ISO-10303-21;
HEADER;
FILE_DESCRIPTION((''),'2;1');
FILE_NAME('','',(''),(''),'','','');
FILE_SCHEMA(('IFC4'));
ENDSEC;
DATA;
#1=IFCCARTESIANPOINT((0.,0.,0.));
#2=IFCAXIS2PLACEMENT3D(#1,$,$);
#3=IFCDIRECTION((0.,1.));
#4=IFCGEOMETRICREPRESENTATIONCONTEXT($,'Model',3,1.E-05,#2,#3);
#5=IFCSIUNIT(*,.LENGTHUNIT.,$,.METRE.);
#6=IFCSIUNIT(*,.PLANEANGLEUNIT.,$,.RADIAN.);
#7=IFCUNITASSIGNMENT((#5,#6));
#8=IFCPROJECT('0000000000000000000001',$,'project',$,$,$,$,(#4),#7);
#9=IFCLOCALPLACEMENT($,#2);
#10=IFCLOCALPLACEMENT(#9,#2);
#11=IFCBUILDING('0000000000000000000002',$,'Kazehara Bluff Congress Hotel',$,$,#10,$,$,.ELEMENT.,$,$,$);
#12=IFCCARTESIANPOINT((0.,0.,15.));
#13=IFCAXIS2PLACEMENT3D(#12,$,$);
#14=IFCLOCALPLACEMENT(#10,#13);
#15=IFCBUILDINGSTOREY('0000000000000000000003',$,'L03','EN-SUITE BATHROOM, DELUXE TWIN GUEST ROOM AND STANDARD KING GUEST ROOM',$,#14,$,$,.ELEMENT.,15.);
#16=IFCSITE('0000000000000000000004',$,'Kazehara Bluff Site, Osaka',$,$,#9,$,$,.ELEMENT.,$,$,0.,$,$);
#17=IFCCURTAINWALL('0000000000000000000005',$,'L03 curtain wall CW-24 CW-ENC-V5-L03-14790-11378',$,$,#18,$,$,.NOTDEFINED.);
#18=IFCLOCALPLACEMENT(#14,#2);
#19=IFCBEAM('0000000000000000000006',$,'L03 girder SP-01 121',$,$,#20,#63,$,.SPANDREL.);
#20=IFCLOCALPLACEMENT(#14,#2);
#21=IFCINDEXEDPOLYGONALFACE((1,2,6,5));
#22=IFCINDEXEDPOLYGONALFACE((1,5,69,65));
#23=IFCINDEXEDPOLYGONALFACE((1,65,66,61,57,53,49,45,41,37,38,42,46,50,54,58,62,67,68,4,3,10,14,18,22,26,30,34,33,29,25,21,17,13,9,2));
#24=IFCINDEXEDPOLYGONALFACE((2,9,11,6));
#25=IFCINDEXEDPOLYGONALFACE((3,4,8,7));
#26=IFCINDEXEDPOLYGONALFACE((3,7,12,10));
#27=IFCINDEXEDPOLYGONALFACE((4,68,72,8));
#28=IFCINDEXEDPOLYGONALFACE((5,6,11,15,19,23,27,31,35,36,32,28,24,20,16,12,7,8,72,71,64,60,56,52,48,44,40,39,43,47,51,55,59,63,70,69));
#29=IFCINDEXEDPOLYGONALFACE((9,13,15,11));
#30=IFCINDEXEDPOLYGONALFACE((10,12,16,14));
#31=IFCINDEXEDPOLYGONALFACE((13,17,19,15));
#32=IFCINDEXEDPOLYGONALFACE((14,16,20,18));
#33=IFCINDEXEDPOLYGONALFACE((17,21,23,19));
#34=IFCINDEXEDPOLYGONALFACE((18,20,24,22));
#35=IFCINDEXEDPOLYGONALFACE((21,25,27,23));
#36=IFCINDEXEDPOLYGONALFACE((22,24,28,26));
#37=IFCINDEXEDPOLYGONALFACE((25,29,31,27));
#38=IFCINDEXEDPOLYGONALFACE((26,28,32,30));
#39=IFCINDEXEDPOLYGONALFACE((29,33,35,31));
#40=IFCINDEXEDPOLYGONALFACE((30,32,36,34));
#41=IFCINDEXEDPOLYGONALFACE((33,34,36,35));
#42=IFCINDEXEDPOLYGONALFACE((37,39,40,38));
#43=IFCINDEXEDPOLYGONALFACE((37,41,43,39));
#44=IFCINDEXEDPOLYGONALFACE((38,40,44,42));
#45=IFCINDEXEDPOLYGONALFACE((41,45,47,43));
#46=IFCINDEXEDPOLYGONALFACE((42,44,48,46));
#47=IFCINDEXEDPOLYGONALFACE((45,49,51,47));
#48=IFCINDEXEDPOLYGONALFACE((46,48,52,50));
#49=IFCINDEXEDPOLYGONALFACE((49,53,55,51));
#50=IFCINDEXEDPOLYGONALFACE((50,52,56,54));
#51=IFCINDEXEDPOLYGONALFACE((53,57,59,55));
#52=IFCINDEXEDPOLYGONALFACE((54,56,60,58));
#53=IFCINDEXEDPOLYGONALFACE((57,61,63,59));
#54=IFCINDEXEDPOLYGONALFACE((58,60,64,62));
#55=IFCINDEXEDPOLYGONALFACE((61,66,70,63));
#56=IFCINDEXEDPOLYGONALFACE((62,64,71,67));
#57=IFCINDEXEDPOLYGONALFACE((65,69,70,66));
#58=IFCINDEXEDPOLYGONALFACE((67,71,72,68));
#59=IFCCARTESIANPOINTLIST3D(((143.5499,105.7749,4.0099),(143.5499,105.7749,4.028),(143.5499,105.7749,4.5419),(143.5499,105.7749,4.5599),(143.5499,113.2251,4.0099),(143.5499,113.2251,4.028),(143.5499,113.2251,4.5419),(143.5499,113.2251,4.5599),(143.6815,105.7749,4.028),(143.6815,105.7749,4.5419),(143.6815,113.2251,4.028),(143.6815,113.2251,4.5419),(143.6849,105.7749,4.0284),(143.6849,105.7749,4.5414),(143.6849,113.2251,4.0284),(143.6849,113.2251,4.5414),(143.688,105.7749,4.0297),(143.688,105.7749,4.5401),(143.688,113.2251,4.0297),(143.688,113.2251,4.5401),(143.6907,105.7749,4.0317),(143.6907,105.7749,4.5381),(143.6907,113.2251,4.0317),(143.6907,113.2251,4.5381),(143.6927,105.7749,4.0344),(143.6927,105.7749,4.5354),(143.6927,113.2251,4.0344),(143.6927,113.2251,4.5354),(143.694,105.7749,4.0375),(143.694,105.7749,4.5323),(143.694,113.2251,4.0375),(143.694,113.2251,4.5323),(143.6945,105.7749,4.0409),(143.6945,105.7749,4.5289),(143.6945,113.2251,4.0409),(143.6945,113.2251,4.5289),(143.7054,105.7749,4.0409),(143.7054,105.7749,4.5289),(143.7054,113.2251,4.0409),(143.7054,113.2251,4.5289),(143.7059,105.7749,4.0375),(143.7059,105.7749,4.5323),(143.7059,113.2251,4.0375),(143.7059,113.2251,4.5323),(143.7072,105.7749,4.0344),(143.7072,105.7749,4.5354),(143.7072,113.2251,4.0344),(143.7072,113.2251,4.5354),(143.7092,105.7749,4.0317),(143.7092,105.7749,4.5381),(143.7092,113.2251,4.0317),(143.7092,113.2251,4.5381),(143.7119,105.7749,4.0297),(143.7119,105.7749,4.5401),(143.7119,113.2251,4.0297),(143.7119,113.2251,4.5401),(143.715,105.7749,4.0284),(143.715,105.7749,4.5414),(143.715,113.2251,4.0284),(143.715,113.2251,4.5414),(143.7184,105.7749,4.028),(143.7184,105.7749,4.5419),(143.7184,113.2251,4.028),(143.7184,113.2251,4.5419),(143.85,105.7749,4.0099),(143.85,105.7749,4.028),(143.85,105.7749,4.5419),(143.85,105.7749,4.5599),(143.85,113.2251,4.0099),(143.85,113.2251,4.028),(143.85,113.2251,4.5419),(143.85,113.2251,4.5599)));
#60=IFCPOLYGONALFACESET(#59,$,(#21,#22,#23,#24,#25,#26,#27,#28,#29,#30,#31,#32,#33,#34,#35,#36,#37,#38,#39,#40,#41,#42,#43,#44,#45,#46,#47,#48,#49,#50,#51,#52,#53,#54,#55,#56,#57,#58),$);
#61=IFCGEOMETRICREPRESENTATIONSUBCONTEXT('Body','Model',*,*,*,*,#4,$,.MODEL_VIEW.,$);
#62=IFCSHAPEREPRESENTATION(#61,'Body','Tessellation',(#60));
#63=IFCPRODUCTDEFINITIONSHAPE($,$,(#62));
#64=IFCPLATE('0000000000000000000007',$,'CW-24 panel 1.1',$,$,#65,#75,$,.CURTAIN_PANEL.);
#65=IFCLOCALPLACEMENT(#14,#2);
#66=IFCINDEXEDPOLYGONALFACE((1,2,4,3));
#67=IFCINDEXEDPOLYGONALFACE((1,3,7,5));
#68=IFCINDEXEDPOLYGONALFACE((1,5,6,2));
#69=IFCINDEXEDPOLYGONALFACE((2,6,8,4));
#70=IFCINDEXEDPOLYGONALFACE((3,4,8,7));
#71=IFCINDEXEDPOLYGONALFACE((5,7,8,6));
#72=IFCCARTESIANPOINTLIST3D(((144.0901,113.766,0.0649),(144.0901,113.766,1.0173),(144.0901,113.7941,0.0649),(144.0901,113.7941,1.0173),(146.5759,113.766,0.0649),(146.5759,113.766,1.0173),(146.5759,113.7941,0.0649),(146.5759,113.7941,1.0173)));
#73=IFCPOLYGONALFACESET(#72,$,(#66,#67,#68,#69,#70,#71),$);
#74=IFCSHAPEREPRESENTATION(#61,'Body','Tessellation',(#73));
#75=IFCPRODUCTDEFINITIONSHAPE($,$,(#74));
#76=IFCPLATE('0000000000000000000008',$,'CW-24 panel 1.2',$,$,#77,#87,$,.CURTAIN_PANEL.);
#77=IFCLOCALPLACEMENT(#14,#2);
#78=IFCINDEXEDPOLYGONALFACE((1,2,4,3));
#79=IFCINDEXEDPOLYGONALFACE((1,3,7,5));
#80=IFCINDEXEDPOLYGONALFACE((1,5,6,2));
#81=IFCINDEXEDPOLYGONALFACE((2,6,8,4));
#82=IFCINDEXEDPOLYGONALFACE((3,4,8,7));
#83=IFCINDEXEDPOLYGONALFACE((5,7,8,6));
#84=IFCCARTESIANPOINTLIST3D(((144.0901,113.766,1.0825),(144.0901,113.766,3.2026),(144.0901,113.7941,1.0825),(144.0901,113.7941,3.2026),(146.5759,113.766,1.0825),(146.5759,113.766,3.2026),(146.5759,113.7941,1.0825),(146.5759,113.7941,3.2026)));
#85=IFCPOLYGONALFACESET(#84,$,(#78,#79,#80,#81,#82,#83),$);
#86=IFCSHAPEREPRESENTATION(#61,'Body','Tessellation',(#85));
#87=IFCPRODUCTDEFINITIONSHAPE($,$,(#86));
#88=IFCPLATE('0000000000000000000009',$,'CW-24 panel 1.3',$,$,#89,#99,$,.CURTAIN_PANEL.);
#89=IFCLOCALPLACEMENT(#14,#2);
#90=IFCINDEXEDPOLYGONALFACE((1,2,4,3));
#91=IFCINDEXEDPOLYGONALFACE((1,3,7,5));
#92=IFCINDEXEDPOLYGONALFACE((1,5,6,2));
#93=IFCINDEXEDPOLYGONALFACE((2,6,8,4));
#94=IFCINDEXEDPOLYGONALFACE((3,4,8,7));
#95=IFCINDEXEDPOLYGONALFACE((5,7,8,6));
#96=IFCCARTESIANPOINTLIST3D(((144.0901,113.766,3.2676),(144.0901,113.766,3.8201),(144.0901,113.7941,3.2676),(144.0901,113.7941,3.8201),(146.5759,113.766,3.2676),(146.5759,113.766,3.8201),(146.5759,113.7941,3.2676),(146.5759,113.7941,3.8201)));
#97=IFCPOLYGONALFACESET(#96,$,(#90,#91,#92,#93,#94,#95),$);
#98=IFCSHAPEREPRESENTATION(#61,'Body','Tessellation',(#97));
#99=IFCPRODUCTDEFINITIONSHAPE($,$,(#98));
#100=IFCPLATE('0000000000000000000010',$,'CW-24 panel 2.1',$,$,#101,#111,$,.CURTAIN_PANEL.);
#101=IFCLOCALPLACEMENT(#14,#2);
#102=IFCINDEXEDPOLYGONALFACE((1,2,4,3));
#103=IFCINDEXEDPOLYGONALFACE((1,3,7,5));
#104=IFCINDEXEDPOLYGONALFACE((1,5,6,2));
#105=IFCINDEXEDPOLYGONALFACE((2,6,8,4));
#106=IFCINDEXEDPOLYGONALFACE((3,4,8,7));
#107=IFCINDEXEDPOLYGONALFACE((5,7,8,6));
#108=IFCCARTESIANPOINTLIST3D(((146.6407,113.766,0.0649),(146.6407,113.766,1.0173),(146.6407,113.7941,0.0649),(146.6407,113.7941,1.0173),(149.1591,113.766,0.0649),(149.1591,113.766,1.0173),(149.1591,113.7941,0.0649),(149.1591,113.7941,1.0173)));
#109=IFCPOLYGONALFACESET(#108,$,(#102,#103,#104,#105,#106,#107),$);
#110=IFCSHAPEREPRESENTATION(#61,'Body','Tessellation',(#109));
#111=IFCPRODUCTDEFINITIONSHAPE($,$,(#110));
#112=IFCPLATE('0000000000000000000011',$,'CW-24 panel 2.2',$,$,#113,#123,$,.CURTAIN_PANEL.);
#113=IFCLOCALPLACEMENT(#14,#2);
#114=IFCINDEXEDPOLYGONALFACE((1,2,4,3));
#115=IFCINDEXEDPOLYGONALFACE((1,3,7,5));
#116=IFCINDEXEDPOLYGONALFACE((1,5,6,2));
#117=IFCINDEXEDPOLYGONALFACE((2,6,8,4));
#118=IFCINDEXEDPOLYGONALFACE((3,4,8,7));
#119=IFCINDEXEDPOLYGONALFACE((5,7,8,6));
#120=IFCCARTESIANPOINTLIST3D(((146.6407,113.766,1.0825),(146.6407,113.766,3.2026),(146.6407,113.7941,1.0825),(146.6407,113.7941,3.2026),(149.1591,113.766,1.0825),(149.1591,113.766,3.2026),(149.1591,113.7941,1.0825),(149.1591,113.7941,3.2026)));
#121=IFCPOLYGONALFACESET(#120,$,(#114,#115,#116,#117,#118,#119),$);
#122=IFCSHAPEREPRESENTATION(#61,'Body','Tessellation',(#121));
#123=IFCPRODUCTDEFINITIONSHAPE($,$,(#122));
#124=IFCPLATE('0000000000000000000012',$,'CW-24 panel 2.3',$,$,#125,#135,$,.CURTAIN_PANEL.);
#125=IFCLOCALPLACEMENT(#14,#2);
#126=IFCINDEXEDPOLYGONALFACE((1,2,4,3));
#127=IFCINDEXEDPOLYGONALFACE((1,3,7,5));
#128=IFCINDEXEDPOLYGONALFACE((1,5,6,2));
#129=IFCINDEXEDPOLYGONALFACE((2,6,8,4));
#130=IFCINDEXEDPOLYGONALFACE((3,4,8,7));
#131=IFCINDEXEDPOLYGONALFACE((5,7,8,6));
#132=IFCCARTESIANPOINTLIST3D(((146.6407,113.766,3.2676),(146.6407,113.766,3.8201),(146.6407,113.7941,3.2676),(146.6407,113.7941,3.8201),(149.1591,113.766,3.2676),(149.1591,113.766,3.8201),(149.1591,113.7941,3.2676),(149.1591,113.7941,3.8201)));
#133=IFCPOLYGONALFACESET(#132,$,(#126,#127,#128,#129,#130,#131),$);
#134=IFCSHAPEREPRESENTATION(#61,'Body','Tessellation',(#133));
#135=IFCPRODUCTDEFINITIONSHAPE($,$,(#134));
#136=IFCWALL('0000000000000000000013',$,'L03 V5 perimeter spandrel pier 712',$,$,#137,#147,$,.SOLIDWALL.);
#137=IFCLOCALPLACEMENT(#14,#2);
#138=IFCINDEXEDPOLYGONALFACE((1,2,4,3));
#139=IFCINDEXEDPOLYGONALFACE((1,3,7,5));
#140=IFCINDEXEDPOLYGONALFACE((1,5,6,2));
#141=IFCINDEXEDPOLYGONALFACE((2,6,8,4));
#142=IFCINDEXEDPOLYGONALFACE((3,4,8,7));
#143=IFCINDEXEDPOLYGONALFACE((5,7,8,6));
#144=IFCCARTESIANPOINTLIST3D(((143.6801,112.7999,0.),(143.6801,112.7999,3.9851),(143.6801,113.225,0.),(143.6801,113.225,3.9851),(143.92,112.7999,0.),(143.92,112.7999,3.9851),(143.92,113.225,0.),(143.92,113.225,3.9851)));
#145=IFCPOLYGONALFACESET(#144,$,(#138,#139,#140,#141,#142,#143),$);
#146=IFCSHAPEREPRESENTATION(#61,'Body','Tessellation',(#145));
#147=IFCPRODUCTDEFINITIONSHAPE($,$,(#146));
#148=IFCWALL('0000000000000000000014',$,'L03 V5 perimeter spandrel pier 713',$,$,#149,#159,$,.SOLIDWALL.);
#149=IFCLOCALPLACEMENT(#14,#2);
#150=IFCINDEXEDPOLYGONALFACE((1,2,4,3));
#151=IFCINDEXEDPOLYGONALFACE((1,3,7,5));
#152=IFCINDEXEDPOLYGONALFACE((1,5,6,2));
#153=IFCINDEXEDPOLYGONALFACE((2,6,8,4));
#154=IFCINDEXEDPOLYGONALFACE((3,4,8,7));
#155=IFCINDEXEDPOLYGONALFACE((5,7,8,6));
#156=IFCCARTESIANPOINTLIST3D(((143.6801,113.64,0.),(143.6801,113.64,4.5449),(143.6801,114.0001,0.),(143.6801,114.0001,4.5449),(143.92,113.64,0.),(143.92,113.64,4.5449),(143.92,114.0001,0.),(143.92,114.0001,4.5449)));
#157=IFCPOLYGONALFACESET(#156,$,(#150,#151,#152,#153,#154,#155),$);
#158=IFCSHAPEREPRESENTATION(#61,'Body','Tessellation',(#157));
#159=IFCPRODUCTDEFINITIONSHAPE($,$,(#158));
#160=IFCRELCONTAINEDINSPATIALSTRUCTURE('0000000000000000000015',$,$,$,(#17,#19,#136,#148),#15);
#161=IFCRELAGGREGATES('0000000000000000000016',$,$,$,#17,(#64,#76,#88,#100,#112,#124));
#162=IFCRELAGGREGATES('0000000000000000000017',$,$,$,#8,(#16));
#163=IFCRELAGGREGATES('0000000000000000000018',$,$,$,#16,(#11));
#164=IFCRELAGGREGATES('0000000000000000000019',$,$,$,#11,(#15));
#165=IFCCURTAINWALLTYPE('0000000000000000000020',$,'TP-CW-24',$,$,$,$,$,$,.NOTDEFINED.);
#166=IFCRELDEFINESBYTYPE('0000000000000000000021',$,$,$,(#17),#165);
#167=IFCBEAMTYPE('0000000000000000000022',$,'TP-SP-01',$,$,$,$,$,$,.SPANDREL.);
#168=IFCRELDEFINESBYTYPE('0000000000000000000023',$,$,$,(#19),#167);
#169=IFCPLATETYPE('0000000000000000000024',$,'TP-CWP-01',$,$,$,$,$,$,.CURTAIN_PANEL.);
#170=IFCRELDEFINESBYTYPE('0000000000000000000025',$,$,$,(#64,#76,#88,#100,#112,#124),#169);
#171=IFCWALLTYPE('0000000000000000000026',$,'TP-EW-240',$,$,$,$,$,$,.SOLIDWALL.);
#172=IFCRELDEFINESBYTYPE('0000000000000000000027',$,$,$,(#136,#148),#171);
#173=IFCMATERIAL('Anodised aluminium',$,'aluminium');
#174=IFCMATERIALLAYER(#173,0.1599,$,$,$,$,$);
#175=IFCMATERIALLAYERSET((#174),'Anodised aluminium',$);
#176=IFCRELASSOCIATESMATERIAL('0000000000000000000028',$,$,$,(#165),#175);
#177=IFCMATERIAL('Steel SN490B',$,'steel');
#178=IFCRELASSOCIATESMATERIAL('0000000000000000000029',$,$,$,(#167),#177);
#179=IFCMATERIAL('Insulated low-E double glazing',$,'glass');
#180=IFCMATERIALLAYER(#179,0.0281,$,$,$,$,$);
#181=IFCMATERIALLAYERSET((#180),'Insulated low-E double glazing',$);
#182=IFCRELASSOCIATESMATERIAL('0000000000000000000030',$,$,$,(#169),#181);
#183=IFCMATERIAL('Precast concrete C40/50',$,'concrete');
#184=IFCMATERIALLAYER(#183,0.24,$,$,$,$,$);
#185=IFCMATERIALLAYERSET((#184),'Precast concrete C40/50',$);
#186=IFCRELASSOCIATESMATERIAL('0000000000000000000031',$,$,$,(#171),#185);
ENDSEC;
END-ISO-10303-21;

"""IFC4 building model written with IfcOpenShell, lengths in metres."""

from ifc_helpers import new_model, si_unit, direction, frame, frame_2d, origin, origin_2d, place, context, subcontext, project, spatial, rectangle, i_section, extrude, material, layer, layer_set, material_profile, profile_set, type_object, element, aggregate, save


model = new_model("IFC4")

# Units and contexts
model_context = context("Model", 3, precision=1e-05, world=origin(), true_north=direction((0.0, 1.0)))
body_context = subcontext(model_context, "Body", "Model", "MODEL_VIEW")
ifc_project = project(units=[si_unit("LENGTHUNIT", "METRE"), si_unit("PLANEANGLEUNIT", "RADIAN")], contexts=[model_context])

# Site, building, storey
site_placement = place(None, origin())
site = spatial("IfcSite", under=ifc_project, at=site_placement, Name="Kazehara Bluff Site, Osaka", CompositionType="ELEMENT", RefElevation=0.0)
building_placement = place(site_placement, origin())
building = spatial("IfcBuilding", under=site, at=building_placement, Name="Kazehara Bluff Congress Hotel", CompositionType="ELEMENT")
storey_placement = place(building_placement, frame((0.0, 0.0, 15.0)))
storey = spatial("IfcBuildingStorey", under=building, at=storey_placement, Name="L03", Description="EN-SUITE BATHROOM, DELUXE TWIN GUEST ROOM AND STANDARD KING GUEST ROOM", CompositionType="ELEMENT", Elevation=15.0)

# Curtain wall
ifc_material_1 = material(Name="Anodised aluminium", Category="aluminium")
ifc_layer_1 = layer(ifc_material_1, 0.1599)
ifc_layer_set_1 = layer_set([ifc_layer_1], Name="Anodised aluminium")
curtain_wall_type = type_object("IfcCurtainWallType", Name="TP-CW-24", PredefinedType="NOTDEFINED", material=ifc_layer_set_1)
curtain_wall_placement = place(storey_placement, origin())
curtain_wall = element("IfcCurtainWall", 1, at=curtain_wall_placement, inside=storey, type_object=curtain_wall_type, Name="L03 curtain wall CW-24 CW-ENC-V5-L03-14790-11378", PredefinedType="NOTDEFINED")

# Beam
ifc_material_2 = material(Name="Steel SN490B", Category="steel")
ifc_material_profile_1 = material_profile(ifc_material_2, i_section(OverallWidth=0.3, OverallDepth=0.55, WebThickness=0.011, FlangeThickness=0.0181, FilletRadius=0.0129, at=origin_2d()))
ifc_profile_set_1 = profile_set([ifc_material_profile_1], Name="Steel SN490B")
beam_type_1 = type_object("IfcBeamType", Name="TP-SP-01", PredefinedType="SPANDREL", material=ifc_profile_set_1)
beam_1_placement = place(storey_placement, frame((143.7, 105.7749, 4.2849), z_axis=(0.0, 1.0, 0.0), x_axis=(-1.0, 0.0, 0.0)))
element("IfcBeam", 2, at=beam_1_placement, inside=storey, type_object=beam_type_1, Name="L03 girder SP-01 121", PredefinedType="SPANDREL", context=body_context, shape_type="SweptSolid", body=[
    extrude(i_section(OverallWidth=0.3, OverallDepth=0.55, WebThickness=0.011, FlangeThickness=0.0181, FilletRadius=0.0129, at=origin_2d()), origin(), (0.0, 0.0, 1.0), 7.4502),
])

# Plates
ifc_material_3 = material(Name="Insulated low-E double glazing", Category="glass")
ifc_layer_2 = layer(ifc_material_3, 0.0281)
ifc_layer_set_2 = layer_set([ifc_layer_2], Name="Insulated low-E double glazing")
plate_type = type_object("IfcPlateType", Name="TP-CWP-01", PredefinedType="CURTAIN_PANEL", material=ifc_layer_set_2)
plate_1_placement = place(storey_placement, frame((145.333, 113.78, 0.0649), z_axis=(0.0, 0.0, 1.0), x_axis=(1.0, 0.0, 0.0)))
plate_1 = element("IfcPlate", 3, at=plate_1_placement, type_object=plate_type, Name="CW-24 panel 1.1", PredefinedType="CURTAIN_PANEL", context=body_context, shape_type="SweptSolid", body=[
    extrude(rectangle(XDim=2.4858, YDim=0.0281, at=origin_2d()), origin(), (0.0, 0.0, 1.0), 0.9524),
])
plate_2_placement = place(storey_placement, frame((145.333, 113.78, 1.0825), z_axis=(0.0, 0.0, 1.0), x_axis=(1.0, 0.0, 0.0)))
plate_2 = element("IfcPlate", 4, at=plate_2_placement, type_object=plate_type, Name="CW-24 panel 1.2", PredefinedType="CURTAIN_PANEL", context=body_context, shape_type="SweptSolid", body=[
    extrude(rectangle(XDim=2.4858, YDim=0.0281, at=origin_2d()), origin(), (0.0, 0.0, 1.0), 2.1201),
])
plate_3_placement = place(storey_placement, frame((145.333, 113.78, 3.2676), z_axis=(0.0, 0.0, 1.0), x_axis=(1.0, 0.0, 0.0)))
plate_3 = element("IfcPlate", 5, at=plate_3_placement, type_object=plate_type, Name="CW-24 panel 1.3", PredefinedType="CURTAIN_PANEL", context=body_context, shape_type="SweptSolid", body=[
    extrude(rectangle(XDim=2.4858, YDim=0.0281, at=origin_2d()), origin(), (0.0, 0.0, 1.0), 0.5525),
])
plate_4_placement = place(storey_placement, frame((147.8999, 113.78, 0.0649), z_axis=(0.0, 0.0, 1.0), x_axis=(1.0, 0.0, 0.0)))
plate_4 = element("IfcPlate", 6, at=plate_4_placement, type_object=plate_type, Name="CW-24 panel 2.1", PredefinedType="CURTAIN_PANEL", context=body_context, shape_type="SweptSolid", body=[
    extrude(rectangle(XDim=2.5183, YDim=0.0281, at=origin_2d()), origin(), (0.0, 0.0, 1.0), 0.9524),
])
plate_5_placement = place(storey_placement, frame((147.8999, 113.78, 1.0825), z_axis=(0.0, 0.0, 1.0), x_axis=(1.0, 0.0, 0.0)))
plate_5 = element("IfcPlate", 7, at=plate_5_placement, type_object=plate_type, Name="CW-24 panel 2.2", PredefinedType="CURTAIN_PANEL", context=body_context, shape_type="SweptSolid", body=[
    extrude(rectangle(XDim=2.5183, YDim=0.0281, at=origin_2d()), origin(), (0.0, 0.0, 1.0), 2.1201),
])
plate_6_placement = place(storey_placement, frame((147.8999, 113.78, 3.2676), z_axis=(0.0, 0.0, 1.0), x_axis=(1.0, 0.0, 0.0)))
plate_6 = element("IfcPlate", 8, at=plate_6_placement, type_object=plate_type, Name="CW-24 panel 2.3", PredefinedType="CURTAIN_PANEL", context=body_context, shape_type="SweptSolid", body=[
    extrude(rectangle(XDim=2.5183, YDim=0.0281, at=origin_2d()), origin(), (0.0, 0.0, 1.0), 0.5525),
])
aggregate(curtain_wall, [plate_1, plate_2, plate_3, plate_4, plate_5, plate_6])

# Walls
ifc_material_4 = material(Name="Precast concrete C40/50", Category="concrete")
ifc_layer_3 = layer(ifc_material_4, 0.24)
ifc_layer_set_3 = layer_set([ifc_layer_3], Name="Precast concrete C40/50")
wall_type_1 = type_object("IfcWallType", Name="TP-EW-240", PredefinedType="SOLIDWALL", material=ifc_layer_set_3)
wall_1_placement = place(storey_placement, frame((143.8, 112.8, 0.0), z_axis=(0.0, 0.0, 1.0), x_axis=(0.0, 1.0, 0.0)))
element("IfcWall", 9, at=wall_1_placement, inside=storey, type_object=wall_type_1, Name="L03 V5 perimeter spandrel pier 712", PredefinedType="SOLIDWALL", context=body_context, shape_type="SweptSolid", body=[
    extrude(rectangle(XDim=0.425, YDim=0.24, at=frame_2d((0.2124, 0.0))), origin(), (0.0, 0.0, 1.0), 3.9851),
])
wall_2_placement = place(storey_placement, frame((143.8, 113.6399, 0.0), z_axis=(0.0, 0.0, 1.0), x_axis=(0.0, 1.0, 0.0)))
element("IfcWall", 10, at=wall_2_placement, inside=storey, type_object=wall_type_1, Name="L03 V5 perimeter spandrel pier 713", PredefinedType="SOLIDWALL", context=body_context, shape_type="SweptSolid", body=[
    extrude(rectangle(XDim=0.3601, YDim=0.24, at=frame_2d((0.1802, 0.0))), origin(), (0.0, 0.0, 1.0), 4.5449),
])

save(model, "model.ifc")
